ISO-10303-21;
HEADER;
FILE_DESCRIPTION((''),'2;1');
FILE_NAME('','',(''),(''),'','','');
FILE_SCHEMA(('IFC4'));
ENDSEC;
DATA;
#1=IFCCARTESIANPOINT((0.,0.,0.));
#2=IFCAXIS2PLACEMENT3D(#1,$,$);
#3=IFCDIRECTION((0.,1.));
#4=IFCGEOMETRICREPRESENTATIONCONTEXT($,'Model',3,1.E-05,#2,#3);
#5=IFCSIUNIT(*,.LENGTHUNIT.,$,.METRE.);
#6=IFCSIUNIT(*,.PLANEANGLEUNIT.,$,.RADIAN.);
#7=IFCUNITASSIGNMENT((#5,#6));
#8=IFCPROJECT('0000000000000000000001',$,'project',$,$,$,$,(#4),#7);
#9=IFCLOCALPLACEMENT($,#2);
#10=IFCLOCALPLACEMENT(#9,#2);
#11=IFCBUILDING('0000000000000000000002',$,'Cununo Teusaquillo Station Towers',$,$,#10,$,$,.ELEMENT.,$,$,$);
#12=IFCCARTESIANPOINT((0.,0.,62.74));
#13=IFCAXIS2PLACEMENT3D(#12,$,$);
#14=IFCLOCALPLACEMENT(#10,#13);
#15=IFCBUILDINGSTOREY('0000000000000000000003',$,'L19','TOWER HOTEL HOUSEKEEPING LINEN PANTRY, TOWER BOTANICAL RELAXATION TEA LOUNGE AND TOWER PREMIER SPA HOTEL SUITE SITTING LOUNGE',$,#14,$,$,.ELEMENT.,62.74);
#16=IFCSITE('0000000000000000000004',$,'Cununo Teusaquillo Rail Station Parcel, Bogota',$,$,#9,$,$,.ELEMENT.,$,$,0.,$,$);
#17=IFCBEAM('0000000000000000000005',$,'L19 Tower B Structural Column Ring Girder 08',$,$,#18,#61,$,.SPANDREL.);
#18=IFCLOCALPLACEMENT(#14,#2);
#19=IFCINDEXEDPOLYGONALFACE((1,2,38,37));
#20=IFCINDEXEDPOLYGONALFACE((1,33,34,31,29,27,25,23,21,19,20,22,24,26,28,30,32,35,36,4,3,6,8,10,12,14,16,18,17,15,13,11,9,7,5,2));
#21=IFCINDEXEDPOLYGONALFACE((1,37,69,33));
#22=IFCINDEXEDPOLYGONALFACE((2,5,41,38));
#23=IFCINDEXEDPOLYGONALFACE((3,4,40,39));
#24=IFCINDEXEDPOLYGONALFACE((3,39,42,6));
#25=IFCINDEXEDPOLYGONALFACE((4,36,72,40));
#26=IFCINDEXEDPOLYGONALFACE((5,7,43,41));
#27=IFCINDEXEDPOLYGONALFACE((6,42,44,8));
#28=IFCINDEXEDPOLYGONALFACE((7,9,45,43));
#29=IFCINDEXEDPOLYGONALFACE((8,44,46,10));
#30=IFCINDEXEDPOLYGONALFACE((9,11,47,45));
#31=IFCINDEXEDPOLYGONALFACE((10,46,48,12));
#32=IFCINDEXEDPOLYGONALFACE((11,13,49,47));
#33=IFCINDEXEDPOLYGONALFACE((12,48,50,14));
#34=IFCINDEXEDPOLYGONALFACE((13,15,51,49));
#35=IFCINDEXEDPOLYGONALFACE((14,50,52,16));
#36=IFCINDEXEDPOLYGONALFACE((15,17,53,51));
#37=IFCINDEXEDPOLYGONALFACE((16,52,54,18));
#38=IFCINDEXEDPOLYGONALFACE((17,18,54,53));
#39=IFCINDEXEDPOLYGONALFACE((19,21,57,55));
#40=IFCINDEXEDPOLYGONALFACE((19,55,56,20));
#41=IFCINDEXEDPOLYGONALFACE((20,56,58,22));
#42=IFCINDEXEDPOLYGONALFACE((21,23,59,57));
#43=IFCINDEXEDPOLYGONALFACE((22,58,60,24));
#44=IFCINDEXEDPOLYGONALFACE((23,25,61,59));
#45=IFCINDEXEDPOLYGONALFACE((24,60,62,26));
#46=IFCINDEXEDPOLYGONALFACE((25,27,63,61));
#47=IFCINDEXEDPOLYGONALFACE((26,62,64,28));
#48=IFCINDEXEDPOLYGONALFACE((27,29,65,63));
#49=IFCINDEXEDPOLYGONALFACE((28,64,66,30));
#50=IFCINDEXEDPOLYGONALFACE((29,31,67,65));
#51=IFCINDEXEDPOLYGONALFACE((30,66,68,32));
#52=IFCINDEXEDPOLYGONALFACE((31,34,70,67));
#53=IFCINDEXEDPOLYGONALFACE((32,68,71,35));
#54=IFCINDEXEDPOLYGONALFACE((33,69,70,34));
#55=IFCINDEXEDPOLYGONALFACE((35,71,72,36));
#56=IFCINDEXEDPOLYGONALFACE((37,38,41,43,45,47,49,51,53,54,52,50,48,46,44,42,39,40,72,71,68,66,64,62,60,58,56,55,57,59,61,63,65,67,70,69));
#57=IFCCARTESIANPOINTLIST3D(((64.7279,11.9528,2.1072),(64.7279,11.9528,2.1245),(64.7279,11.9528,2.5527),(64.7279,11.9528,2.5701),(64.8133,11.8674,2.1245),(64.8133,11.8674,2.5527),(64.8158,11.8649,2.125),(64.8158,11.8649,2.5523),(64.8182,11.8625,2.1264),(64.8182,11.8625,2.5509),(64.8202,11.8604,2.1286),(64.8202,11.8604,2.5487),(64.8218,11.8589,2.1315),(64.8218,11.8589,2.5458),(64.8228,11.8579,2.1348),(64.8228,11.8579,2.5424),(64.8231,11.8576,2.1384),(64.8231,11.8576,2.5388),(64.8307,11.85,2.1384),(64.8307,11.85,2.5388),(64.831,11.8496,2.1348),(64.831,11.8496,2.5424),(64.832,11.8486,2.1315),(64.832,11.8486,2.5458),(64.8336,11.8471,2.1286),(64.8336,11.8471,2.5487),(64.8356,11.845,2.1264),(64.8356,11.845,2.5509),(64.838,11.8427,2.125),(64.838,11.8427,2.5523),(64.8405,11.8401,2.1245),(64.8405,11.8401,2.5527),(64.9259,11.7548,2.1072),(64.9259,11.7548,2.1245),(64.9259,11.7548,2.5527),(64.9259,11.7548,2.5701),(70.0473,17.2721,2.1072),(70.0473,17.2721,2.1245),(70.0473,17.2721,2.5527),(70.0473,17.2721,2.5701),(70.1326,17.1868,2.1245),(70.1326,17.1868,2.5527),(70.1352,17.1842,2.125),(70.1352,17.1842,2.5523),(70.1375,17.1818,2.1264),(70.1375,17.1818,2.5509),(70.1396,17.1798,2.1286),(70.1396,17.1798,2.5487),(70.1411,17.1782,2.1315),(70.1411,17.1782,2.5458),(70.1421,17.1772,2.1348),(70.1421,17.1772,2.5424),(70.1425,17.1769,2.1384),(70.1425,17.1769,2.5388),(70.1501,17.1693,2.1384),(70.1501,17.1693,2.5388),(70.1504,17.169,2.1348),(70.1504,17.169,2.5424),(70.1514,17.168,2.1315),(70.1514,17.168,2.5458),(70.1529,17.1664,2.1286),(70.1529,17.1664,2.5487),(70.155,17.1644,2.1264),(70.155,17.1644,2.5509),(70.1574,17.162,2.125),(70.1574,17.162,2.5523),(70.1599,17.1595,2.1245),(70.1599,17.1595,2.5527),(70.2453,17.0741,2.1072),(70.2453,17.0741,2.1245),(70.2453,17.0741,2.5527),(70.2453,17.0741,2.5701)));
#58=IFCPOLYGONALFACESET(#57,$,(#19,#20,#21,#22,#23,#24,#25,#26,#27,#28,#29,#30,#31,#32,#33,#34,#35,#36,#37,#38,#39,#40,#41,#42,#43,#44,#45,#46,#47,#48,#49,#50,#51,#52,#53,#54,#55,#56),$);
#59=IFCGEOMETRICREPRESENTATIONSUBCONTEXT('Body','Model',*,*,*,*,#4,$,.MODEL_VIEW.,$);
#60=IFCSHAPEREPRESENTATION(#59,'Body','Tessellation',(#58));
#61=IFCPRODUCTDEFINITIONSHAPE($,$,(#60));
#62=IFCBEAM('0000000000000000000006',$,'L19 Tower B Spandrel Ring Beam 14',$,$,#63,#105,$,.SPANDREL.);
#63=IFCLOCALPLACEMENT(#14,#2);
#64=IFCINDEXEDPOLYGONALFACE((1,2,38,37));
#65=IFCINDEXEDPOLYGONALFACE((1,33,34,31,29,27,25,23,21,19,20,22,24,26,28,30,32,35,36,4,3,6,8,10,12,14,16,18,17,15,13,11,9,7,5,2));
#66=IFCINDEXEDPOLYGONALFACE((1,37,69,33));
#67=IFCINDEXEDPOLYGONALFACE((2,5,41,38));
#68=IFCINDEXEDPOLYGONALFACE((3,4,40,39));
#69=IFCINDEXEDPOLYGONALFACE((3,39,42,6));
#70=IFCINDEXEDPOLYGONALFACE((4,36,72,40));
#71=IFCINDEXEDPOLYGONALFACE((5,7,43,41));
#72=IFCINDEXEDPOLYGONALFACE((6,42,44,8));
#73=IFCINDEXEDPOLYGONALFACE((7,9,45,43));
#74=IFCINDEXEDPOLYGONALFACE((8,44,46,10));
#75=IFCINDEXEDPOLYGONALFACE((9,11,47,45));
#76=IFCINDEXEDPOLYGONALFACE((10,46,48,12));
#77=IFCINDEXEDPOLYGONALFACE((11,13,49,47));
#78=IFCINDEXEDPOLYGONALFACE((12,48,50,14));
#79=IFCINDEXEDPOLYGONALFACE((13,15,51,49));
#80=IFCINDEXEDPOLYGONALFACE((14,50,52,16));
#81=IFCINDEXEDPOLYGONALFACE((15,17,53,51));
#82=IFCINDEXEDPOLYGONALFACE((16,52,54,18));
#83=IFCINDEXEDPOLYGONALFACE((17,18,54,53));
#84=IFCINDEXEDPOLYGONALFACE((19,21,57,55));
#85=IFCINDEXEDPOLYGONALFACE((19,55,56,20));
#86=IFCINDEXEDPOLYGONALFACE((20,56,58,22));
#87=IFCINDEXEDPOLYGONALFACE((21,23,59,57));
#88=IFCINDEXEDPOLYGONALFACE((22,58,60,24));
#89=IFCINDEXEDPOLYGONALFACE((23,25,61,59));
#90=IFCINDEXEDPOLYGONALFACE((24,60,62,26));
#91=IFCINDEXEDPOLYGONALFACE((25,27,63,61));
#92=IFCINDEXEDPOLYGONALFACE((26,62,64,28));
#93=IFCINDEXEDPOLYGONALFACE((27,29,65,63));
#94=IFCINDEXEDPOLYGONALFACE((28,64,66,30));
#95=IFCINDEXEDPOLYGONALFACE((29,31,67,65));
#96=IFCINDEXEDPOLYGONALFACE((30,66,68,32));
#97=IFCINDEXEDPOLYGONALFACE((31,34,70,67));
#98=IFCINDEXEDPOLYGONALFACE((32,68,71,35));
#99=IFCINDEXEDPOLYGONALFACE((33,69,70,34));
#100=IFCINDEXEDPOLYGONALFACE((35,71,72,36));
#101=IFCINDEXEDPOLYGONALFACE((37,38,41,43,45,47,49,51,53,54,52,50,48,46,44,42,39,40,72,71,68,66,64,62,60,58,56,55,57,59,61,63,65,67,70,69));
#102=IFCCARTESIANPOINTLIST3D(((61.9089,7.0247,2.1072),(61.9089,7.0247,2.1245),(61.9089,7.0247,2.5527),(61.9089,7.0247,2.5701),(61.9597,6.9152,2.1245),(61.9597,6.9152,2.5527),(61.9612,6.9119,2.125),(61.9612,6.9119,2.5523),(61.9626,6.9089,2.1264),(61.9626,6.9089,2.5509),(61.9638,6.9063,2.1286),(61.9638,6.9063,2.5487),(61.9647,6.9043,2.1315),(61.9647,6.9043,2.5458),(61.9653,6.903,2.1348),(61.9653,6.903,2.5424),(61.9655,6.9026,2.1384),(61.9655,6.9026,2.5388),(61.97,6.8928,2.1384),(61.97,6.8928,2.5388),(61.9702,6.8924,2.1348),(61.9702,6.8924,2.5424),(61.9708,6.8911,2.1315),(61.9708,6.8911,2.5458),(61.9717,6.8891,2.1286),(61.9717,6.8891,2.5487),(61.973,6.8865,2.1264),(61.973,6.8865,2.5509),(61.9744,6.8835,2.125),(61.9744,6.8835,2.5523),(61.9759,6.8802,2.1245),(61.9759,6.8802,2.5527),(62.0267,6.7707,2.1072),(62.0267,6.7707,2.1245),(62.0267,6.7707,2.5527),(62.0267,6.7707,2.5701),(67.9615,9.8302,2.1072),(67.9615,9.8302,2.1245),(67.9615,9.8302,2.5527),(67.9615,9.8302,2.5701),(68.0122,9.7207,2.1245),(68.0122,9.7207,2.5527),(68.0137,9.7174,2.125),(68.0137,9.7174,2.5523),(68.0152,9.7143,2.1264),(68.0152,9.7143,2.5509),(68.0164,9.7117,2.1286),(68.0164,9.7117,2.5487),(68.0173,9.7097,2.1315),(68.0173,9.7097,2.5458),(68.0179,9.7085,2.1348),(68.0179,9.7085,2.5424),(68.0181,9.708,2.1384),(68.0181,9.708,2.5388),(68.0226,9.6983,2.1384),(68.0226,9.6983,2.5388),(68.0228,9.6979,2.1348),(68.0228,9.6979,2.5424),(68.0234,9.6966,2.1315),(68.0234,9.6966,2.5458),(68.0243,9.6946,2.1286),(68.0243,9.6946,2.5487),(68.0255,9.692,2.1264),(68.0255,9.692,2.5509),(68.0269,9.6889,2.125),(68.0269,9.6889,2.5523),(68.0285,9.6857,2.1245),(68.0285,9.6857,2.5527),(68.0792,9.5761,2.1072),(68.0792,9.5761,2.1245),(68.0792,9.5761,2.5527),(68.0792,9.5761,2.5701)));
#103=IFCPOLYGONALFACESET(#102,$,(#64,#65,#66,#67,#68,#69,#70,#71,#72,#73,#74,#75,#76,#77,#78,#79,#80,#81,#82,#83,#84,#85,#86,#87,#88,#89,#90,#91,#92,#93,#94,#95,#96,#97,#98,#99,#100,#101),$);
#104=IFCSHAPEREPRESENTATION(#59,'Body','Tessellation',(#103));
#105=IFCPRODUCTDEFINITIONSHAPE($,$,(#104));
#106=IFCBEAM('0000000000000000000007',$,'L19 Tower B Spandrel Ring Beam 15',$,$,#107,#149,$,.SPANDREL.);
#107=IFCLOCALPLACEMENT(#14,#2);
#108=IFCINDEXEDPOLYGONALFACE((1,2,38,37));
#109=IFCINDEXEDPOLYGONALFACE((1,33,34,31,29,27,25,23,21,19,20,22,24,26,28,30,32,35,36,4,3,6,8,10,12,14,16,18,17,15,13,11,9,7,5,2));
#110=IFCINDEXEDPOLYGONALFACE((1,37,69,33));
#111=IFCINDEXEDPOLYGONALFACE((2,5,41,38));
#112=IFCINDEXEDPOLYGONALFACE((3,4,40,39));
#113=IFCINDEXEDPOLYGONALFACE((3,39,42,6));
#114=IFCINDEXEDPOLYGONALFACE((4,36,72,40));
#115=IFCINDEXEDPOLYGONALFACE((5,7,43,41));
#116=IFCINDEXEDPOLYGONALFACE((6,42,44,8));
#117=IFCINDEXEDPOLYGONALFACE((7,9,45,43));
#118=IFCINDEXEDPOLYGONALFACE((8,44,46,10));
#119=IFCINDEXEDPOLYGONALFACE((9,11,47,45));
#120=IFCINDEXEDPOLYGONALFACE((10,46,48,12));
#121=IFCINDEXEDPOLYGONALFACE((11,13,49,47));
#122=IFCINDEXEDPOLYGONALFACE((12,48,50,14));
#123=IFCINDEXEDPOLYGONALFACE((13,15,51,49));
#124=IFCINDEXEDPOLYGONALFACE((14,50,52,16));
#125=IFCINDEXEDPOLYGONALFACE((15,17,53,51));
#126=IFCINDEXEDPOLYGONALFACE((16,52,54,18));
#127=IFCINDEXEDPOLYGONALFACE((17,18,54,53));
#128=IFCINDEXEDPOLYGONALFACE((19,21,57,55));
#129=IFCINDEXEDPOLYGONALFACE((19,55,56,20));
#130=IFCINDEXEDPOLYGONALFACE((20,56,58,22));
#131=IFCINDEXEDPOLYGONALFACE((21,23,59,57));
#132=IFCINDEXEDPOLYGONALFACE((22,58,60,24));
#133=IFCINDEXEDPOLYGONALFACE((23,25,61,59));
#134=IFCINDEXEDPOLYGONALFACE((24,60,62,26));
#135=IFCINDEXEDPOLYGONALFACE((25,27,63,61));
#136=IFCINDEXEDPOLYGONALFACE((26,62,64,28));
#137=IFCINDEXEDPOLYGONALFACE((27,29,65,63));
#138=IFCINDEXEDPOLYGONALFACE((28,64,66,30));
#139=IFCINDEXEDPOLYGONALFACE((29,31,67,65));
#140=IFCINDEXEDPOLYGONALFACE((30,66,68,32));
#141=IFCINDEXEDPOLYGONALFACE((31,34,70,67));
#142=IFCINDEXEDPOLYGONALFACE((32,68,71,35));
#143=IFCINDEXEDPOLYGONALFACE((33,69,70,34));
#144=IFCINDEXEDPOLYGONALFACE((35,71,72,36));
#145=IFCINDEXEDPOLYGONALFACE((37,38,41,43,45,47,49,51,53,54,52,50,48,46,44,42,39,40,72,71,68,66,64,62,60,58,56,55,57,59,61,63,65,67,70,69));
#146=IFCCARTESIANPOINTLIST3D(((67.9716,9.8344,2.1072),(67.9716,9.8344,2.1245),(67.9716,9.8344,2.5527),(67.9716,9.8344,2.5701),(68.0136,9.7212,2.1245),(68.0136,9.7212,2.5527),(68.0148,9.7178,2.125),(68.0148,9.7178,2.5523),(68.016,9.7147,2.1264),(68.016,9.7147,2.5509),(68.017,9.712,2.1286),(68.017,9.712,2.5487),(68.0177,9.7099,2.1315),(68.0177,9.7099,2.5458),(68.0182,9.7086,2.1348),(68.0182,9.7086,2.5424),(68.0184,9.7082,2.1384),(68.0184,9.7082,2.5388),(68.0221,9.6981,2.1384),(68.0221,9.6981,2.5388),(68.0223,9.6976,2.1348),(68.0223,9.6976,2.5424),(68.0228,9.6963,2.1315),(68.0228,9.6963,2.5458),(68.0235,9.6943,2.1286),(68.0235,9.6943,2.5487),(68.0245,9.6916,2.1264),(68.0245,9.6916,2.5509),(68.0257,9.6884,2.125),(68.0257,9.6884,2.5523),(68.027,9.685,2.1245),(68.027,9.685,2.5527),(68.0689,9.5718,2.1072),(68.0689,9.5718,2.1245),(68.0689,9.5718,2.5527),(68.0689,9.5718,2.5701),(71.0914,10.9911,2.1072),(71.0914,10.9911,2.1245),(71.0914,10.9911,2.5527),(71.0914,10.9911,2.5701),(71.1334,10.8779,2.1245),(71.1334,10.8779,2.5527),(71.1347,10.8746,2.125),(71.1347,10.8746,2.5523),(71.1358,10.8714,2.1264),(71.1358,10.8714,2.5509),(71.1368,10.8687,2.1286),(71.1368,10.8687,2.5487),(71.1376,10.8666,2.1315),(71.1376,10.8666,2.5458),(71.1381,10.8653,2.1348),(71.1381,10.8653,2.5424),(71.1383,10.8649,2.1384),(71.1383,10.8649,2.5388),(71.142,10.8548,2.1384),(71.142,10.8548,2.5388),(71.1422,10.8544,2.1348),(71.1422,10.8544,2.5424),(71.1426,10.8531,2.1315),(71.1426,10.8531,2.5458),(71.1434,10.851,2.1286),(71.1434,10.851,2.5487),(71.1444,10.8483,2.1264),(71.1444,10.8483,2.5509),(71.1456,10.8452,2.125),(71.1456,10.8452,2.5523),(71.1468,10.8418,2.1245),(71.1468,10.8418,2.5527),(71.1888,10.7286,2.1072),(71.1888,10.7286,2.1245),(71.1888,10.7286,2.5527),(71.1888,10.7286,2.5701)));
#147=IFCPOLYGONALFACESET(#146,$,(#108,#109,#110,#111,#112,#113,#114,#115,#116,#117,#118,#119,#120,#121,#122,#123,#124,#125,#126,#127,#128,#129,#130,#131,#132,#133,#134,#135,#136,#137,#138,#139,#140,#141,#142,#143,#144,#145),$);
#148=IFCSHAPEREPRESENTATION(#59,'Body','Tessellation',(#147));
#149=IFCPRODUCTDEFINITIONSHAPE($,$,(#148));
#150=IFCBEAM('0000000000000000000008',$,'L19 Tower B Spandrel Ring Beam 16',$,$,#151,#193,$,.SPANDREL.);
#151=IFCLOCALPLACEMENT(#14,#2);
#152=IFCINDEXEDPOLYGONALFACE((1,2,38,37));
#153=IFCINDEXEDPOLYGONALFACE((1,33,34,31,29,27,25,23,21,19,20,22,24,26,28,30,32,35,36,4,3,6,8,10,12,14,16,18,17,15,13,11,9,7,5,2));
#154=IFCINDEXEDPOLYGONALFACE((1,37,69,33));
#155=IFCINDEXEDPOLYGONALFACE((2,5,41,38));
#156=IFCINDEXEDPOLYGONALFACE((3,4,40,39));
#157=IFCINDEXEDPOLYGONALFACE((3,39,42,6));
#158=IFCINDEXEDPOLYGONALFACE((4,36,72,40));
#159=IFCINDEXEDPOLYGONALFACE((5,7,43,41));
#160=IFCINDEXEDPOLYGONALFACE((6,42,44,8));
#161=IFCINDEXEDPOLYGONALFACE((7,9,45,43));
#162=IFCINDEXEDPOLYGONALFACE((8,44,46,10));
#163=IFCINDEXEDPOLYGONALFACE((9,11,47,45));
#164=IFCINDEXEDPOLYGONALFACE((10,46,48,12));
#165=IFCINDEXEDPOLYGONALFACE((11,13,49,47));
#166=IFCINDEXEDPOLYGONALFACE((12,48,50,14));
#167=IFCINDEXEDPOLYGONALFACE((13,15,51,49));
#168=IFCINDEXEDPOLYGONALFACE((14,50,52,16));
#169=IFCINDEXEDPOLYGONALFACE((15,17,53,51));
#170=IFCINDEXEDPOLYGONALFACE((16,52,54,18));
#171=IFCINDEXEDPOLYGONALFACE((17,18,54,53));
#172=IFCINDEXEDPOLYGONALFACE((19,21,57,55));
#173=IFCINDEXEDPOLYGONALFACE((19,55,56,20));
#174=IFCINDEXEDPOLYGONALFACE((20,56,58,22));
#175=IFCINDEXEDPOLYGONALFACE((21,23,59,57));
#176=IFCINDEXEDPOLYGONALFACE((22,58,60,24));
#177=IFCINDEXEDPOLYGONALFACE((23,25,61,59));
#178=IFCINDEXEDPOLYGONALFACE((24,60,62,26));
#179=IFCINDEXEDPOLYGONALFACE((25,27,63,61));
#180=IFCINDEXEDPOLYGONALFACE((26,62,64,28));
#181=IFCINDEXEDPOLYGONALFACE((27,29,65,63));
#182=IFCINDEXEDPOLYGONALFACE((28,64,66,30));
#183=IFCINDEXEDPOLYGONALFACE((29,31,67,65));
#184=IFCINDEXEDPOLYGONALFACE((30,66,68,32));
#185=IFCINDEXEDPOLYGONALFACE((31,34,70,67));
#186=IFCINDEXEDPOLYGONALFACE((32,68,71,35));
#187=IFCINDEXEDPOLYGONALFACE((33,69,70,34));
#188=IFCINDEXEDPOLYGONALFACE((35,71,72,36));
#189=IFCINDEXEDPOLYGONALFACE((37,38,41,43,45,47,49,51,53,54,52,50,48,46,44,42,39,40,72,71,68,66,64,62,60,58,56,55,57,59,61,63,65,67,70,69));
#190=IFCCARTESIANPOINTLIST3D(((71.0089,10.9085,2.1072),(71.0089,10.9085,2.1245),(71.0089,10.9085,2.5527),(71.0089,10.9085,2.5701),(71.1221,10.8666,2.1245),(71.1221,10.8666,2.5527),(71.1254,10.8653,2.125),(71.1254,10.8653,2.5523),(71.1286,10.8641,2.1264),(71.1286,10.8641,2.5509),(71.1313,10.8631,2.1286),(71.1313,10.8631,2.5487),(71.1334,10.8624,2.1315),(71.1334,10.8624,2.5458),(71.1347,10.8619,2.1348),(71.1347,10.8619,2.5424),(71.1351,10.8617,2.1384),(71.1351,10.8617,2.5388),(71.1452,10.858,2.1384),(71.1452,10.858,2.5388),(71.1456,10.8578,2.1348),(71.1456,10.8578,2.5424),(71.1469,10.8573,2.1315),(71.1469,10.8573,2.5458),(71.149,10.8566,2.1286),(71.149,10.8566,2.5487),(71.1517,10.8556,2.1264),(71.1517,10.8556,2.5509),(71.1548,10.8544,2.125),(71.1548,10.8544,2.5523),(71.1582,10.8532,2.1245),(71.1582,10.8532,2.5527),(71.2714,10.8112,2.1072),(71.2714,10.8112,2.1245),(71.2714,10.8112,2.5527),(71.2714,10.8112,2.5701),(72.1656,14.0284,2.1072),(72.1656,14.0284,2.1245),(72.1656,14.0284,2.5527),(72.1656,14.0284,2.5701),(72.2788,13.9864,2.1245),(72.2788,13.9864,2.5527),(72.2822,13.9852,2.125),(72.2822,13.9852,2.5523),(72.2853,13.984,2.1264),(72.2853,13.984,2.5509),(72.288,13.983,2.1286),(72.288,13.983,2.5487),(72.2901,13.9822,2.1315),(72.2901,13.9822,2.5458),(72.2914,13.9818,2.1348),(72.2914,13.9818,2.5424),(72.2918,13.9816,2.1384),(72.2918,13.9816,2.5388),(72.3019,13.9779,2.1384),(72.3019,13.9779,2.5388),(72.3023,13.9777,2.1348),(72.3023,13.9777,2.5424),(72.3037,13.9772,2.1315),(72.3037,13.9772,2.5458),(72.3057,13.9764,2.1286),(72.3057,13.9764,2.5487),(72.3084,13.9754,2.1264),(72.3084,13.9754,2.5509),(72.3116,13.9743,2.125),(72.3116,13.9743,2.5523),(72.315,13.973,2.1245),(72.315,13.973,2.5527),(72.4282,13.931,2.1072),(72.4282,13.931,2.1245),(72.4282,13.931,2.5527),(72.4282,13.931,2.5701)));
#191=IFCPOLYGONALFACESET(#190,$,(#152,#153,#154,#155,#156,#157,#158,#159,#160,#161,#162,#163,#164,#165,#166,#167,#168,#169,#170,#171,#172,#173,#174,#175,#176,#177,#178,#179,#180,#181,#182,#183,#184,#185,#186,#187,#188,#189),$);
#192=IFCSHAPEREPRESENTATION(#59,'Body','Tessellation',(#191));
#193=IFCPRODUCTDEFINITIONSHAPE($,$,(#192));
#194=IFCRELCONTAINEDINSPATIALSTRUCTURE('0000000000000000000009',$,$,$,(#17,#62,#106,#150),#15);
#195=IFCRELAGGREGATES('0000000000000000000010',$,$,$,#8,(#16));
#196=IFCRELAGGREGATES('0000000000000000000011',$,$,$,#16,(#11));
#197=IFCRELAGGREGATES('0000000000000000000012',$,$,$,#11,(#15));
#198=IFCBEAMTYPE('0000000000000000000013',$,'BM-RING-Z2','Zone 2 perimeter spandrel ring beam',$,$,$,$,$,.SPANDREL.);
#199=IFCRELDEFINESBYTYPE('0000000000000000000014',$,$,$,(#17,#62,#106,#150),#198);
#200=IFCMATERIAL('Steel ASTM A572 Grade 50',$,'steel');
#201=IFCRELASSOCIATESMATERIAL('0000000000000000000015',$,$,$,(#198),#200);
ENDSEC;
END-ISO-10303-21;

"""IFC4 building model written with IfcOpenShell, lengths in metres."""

from ifc_helpers import new_model, si_unit, direction, frame, origin, origin_2d, place, context, subcontext, project, spatial, i_section, extrude, material, material_profile, profile_set, type_object, element, save


model = new_model("IFC4")

# Units and contexts
model_context = context("Model", 3, precision=1e-05, world=origin(), true_north=direction((0.0, 1.0)))
body_context = subcontext(model_context, "Body", "Model", "MODEL_VIEW")
ifc_project = project(units=[si_unit("LENGTHUNIT", "METRE"), si_unit("PLANEANGLEUNIT", "RADIAN")], contexts=[model_context])

# Site, building, storey
site_placement = place(None, origin())
site = spatial("IfcSite", under=ifc_project, at=site_placement, Name="Cununo Teusaquillo Rail Station Parcel, Bogota", CompositionType="ELEMENT", RefElevation=0.0)
building_placement = place(site_placement, origin())
building = spatial("IfcBuilding", under=site, at=building_placement, Name="Cununo Teusaquillo Station Towers", CompositionType="ELEMENT")
storey_placement = place(building_placement, frame((0.0, 0.0, 62.74)))
storey = spatial("IfcBuildingStorey", under=building, at=storey_placement, Name="L19", Description="TOWER HOTEL HOUSEKEEPING LINEN PANTRY, TOWER BOTANICAL RELAXATION TEA LOUNGE AND TOWER PREMIER SPA HOTEL SUITE SITTING LOUNGE", CompositionType="ELEMENT", Elevation=62.74)

# Beams
ifc_material_1 = material(Name="Steel ASTM A572 Grade 50", Category="steel")
ifc_material_profile_1 = material_profile(ifc_material_1, i_section(OverallWidth=0.28, OverallDepth=0.4629, WebThickness=0.0107, FlangeThickness=0.0173, FilletRadius=0.0139, at=origin_2d()), Name="W18X76")
ifc_profile_set_1 = profile_set([ifc_material_profile_1], Name="Steel ASTM A572 Grade 50")
beam_type_1 = type_object("IfcBeamType", Name="BM-RING-Z2", Description="Zone 2 perimeter spandrel ring beam", PredefinedType="SPANDREL", material=ifc_profile_set_1)
beam_1_placement = place(storey_placement, frame((64.8269, 11.8538, 2.3386), z_axis=(0.707107, 0.707107, 0.0), x_axis=(-0.707107, 0.707107, 0.0)))
element("IfcBeam", 1, at=beam_1_placement, inside=storey, type_object=beam_type_1, Name="L19 Tower B Structural Column Ring Girder 08", PredefinedType="SPANDREL", context=body_context, shape_type="SweptSolid", body=[
    extrude(i_section(OverallWidth=0.28, OverallDepth=0.4629, WebThickness=0.0107, FlangeThickness=0.0173, FilletRadius=0.0139, at=origin_2d()), origin(), (0.0, 0.0, 1.0), 7.5227),
])
beam_2_placement = place(storey_placement, frame((61.9678, 6.8977, 2.3386), z_axis=(0.907276, 0.420536, 0.0), x_axis=(-0.420536, 0.907276, 0.0)))
element("IfcBeam", 2, at=beam_2_placement, inside=storey, type_object=beam_type_1, Name="L19 Tower B Spandrel Ring Beam 14", PredefinedType="SPANDREL", context=body_context, shape_type="SweptSolid", body=[
    extrude(i_section(OverallWidth=0.28, OverallDepth=0.4629, WebThickness=0.0107, FlangeThickness=0.0173, FilletRadius=0.0139, at=origin_2d()), origin(), (0.0, 0.0, 1.0), 6.6711),
])
for number, where, z_axis, x_axis, name in (
    (3, (68.0203, 9.7031, 2.3386), (0.937628, 0.347639, 0.0), (-0.347639, 0.937628, 0.0), "L19 Tower B Spandrel Ring Beam 15"),
    (4, (71.1401, 10.8599, 2.3386), (0.347639, 0.937628, 0.0), (-0.937628, 0.347639, 0.0), "L19 Tower B Spandrel Ring Beam 16"),
):
    element("IfcBeam", number, at=place(storey_placement, frame(where, z_axis=z_axis, x_axis=x_axis)), inside=storey, type_object=beam_type_1, Name=name, PredefinedType="SPANDREL", context=body_context, shape_type="SweptSolid", body=[
        extrude(i_section(OverallWidth=0.28, OverallDepth=0.4629, WebThickness=0.0107, FlangeThickness=0.0173, FilletRadius=0.0139, at=origin_2d()), origin(), (0.0, 0.0, 1.0), 3.3274),
    ])

save(model, "model.ifc")
